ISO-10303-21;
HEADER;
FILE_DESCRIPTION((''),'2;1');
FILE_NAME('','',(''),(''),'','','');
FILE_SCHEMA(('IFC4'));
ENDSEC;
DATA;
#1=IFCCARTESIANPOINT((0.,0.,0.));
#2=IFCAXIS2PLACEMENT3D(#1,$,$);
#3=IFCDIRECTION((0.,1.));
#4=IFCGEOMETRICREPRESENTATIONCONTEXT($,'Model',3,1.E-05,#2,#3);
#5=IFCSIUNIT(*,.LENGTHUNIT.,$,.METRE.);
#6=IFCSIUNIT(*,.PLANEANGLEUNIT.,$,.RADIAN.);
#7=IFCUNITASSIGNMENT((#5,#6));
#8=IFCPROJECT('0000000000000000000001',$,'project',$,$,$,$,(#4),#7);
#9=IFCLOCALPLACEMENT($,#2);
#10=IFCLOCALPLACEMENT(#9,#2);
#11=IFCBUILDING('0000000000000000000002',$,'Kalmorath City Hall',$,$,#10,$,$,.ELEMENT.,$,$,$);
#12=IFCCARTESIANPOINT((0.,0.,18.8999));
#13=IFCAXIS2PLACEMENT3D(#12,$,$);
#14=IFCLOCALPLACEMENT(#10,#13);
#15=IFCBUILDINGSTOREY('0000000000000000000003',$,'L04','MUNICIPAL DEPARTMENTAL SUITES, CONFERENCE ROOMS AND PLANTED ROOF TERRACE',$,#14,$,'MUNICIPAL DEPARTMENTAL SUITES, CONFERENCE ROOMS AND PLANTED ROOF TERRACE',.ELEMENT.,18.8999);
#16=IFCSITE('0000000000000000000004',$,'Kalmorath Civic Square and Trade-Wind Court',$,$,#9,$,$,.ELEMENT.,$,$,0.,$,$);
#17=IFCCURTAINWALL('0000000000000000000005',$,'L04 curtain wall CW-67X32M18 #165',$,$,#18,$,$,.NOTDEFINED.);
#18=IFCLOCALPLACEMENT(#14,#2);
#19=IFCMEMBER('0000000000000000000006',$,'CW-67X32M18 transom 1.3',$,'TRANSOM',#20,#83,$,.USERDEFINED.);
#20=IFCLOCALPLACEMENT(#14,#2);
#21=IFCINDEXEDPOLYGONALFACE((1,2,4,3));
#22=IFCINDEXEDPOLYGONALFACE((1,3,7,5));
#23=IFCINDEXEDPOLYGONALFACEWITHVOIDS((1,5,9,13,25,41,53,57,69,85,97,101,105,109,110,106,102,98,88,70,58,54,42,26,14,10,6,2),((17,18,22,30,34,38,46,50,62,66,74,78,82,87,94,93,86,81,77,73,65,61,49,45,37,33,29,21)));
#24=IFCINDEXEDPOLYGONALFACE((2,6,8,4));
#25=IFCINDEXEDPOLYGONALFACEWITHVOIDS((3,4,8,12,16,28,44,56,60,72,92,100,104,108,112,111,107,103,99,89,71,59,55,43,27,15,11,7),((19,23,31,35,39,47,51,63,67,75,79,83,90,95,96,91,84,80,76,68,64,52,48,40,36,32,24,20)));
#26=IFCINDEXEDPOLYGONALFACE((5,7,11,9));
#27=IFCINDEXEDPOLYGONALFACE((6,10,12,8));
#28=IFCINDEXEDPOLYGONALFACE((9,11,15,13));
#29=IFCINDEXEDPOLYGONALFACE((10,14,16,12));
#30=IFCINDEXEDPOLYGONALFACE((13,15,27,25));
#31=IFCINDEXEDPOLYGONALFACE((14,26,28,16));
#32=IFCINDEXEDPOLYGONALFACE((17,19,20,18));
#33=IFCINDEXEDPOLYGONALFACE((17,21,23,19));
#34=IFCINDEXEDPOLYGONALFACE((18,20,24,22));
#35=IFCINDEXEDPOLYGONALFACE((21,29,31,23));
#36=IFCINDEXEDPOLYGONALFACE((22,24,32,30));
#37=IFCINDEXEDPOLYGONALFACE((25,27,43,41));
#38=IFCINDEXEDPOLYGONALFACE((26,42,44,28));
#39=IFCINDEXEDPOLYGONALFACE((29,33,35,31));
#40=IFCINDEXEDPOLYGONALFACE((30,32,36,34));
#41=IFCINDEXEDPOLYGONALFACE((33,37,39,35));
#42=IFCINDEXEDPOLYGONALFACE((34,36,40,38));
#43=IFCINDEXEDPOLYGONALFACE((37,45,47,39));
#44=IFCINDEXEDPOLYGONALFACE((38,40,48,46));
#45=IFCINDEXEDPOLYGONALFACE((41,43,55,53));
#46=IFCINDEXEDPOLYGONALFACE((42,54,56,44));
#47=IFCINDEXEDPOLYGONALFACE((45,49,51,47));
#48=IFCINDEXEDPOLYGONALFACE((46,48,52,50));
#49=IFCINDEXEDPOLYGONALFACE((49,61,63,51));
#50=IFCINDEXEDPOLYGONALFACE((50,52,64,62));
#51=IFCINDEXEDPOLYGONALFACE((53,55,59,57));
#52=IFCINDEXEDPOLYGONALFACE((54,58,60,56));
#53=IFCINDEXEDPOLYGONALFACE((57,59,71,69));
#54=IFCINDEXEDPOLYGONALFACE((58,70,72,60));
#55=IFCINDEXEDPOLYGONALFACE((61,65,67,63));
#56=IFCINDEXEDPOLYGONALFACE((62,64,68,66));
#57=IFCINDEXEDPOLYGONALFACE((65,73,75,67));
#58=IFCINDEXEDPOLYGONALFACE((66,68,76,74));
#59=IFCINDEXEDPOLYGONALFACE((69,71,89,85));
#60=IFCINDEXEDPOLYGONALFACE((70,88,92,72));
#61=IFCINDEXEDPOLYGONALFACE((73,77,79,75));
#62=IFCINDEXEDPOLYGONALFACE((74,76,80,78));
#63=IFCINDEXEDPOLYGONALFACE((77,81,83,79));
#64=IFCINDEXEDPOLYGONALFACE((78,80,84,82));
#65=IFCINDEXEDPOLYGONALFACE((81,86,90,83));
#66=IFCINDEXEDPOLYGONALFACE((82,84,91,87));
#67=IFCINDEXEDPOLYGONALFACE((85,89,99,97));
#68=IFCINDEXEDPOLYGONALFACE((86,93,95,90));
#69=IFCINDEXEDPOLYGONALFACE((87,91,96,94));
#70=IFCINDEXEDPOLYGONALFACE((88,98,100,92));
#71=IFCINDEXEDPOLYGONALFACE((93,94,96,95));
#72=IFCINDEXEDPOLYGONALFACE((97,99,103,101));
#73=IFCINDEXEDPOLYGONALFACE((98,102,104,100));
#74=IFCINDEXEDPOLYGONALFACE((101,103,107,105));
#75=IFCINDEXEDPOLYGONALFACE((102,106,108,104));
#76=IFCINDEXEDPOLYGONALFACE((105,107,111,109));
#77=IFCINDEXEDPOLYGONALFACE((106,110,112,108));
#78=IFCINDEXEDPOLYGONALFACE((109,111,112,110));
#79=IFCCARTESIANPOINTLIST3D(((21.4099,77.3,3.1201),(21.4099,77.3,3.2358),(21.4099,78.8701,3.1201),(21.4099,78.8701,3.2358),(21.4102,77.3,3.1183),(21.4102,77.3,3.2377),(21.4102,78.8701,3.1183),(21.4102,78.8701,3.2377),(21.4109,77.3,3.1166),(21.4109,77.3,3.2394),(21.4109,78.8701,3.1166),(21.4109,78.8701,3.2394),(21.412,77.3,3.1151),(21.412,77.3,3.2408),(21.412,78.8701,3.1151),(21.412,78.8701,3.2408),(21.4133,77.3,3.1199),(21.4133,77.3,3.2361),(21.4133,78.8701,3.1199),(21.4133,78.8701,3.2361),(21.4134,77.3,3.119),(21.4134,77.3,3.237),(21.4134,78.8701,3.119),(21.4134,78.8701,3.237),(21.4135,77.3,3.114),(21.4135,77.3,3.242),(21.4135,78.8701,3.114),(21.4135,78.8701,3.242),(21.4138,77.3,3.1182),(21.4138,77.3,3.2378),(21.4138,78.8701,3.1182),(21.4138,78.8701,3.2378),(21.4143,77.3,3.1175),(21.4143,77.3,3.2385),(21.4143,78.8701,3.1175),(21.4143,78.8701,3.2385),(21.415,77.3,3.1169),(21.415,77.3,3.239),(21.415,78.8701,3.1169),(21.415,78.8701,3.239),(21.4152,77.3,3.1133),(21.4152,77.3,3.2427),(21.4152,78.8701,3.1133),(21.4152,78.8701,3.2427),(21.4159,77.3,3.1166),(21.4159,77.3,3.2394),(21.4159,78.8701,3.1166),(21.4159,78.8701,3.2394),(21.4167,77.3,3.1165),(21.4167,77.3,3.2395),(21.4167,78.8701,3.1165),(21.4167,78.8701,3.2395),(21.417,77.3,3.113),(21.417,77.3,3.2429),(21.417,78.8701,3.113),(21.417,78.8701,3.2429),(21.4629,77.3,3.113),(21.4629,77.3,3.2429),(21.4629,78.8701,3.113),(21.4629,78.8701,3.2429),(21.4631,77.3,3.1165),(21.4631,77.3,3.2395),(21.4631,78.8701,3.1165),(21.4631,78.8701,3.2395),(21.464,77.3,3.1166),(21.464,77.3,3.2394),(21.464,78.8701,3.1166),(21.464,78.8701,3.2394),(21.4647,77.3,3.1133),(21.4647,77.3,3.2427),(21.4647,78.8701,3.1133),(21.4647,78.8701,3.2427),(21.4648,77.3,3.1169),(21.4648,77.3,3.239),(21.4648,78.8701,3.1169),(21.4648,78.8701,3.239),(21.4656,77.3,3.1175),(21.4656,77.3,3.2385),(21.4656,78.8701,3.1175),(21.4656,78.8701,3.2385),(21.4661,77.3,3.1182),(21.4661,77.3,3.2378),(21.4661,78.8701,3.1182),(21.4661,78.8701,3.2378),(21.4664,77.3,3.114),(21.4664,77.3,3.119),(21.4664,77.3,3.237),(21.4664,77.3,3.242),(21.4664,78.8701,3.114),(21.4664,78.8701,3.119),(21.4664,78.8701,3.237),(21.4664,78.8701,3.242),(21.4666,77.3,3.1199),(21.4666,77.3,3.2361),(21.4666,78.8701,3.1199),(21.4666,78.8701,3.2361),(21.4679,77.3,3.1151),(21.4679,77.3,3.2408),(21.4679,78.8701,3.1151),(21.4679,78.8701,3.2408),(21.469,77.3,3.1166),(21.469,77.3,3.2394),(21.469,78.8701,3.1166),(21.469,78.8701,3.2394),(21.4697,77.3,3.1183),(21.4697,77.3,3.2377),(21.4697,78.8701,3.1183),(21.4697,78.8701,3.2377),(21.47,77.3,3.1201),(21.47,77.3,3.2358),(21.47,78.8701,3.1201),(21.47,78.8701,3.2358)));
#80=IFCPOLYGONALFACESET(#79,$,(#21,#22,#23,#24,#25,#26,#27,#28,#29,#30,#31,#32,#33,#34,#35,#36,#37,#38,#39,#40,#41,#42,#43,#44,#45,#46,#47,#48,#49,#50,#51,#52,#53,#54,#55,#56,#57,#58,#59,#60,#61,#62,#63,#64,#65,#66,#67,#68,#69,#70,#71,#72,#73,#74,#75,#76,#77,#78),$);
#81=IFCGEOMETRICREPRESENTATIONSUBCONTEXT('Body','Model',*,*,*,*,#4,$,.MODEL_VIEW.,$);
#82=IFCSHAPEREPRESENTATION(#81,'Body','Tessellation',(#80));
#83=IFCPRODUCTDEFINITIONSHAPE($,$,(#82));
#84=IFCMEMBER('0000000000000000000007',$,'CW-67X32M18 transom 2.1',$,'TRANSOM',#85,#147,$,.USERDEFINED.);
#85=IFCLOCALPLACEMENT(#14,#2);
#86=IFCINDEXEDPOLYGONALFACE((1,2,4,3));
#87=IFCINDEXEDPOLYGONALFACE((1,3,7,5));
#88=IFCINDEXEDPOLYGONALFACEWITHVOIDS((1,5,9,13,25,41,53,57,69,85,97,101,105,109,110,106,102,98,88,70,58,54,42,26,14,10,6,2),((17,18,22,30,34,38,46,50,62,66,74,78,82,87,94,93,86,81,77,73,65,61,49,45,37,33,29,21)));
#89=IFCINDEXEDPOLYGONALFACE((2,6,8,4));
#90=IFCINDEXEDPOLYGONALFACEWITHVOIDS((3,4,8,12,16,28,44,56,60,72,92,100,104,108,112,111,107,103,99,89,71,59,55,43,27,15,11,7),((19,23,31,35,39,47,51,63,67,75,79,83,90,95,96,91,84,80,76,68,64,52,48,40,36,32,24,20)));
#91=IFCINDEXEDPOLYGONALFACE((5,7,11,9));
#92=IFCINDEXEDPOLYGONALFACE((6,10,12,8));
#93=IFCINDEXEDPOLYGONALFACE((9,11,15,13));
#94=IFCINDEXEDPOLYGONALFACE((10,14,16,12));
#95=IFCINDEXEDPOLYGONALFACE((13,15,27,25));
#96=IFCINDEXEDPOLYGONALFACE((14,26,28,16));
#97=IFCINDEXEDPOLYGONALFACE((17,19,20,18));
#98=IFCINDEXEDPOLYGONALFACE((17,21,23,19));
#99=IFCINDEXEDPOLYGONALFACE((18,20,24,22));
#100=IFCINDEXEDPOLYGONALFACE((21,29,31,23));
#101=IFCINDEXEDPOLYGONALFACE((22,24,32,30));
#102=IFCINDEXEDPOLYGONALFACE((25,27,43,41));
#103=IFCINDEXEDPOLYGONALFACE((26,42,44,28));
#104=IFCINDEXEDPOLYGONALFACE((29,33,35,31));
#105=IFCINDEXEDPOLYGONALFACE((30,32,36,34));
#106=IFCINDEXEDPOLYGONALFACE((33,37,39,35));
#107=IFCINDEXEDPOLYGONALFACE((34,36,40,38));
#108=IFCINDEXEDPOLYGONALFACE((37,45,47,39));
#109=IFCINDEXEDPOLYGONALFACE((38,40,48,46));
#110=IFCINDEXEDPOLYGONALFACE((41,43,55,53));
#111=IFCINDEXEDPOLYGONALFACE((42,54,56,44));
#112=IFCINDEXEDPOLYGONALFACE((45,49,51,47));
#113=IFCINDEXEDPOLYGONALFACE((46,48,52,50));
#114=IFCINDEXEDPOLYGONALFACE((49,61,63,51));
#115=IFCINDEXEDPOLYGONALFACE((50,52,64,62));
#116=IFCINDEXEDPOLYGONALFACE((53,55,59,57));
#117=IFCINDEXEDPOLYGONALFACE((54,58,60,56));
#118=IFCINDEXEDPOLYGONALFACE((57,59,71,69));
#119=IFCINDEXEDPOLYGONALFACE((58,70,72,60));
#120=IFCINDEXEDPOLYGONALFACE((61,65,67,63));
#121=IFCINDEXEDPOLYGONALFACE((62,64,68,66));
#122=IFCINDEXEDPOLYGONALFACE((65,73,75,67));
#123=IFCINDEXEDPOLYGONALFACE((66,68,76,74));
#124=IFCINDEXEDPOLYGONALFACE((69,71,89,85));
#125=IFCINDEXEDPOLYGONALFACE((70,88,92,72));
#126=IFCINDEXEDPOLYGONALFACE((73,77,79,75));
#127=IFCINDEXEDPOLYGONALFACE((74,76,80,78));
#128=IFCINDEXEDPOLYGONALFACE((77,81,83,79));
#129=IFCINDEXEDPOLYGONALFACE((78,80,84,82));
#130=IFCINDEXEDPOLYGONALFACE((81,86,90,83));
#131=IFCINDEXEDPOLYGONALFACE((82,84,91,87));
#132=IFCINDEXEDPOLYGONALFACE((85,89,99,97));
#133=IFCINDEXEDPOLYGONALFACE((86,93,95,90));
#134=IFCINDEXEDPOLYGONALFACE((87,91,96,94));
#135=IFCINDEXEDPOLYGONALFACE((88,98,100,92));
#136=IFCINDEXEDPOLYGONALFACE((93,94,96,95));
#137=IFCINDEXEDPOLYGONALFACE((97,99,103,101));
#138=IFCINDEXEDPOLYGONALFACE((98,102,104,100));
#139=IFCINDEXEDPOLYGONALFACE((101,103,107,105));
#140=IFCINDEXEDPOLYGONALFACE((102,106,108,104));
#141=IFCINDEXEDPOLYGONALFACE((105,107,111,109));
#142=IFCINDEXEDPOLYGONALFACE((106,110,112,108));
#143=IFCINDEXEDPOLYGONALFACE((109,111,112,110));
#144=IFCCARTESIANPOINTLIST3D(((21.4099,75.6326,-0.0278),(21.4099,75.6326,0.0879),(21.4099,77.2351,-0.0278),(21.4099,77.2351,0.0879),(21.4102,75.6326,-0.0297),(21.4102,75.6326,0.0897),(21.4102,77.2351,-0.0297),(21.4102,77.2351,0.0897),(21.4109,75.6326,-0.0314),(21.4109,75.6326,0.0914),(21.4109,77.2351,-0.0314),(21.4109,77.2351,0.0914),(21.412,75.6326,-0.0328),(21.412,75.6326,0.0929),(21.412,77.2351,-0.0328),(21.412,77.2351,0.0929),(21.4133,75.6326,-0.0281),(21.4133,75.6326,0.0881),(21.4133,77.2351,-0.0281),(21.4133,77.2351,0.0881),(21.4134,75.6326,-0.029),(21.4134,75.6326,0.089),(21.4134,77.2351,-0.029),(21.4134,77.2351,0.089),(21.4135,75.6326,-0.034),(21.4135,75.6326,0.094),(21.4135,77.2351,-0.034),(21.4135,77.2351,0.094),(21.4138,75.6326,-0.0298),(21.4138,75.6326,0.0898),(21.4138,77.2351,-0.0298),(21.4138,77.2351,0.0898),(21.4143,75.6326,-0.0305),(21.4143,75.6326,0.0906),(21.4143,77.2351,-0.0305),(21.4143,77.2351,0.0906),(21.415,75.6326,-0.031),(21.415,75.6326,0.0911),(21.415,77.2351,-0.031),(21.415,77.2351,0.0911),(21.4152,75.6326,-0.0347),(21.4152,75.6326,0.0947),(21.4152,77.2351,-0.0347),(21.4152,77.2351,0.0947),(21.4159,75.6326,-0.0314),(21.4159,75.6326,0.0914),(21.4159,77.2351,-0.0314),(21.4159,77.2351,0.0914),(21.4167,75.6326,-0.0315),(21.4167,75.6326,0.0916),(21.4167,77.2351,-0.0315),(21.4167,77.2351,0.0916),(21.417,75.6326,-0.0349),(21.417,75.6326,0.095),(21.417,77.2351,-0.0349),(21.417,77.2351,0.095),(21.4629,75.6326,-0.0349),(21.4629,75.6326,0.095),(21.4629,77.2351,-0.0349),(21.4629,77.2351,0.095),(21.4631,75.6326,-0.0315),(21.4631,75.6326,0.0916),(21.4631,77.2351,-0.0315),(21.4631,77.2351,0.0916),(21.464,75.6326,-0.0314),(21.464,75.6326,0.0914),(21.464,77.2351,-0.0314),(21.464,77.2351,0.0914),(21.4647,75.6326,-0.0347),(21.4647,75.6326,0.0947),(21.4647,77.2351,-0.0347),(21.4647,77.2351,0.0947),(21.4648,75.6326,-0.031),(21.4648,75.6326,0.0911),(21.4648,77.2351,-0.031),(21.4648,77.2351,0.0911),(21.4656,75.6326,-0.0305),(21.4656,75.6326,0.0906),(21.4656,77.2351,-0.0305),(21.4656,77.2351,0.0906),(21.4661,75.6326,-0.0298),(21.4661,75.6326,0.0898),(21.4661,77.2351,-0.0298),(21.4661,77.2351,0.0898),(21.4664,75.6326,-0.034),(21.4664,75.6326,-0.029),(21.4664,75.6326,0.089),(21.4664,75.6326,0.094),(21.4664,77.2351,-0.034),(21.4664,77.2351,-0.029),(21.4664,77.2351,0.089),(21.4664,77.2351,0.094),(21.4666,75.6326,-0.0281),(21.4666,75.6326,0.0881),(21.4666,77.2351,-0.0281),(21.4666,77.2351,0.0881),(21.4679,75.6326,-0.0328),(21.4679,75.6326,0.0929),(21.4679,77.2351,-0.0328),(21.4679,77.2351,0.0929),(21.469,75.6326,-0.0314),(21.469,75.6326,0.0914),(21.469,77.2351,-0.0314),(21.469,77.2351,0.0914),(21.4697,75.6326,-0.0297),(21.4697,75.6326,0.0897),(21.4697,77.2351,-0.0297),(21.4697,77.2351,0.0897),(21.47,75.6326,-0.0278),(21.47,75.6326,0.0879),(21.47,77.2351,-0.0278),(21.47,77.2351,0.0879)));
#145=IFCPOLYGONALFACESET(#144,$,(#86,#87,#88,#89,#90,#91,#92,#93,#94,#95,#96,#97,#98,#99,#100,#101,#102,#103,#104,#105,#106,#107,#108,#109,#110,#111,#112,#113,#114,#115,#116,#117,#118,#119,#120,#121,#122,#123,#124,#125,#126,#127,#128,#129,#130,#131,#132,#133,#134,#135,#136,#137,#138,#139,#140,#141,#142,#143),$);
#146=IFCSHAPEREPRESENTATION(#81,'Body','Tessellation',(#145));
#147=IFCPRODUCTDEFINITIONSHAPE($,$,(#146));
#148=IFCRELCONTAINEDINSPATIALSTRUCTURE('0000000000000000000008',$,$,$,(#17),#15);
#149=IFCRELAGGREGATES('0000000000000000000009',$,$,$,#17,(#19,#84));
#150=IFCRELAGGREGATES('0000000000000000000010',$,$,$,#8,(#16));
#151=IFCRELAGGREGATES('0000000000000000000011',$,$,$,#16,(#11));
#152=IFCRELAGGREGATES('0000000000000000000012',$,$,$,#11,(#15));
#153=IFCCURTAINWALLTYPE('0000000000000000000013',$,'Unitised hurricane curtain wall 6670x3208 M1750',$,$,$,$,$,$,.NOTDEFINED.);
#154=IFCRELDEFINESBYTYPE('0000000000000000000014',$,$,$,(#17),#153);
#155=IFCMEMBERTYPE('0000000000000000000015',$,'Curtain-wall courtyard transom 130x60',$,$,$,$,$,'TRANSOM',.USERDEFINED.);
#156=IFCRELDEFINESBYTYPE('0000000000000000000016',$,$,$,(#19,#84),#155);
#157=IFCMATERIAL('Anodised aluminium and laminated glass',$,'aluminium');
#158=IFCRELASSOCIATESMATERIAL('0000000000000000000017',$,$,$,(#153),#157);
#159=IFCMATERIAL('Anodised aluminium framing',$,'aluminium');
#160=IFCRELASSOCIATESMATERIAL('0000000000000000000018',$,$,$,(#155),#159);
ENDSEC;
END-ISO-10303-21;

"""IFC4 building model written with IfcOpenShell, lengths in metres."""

from ifc_helpers import new_model, si_unit, direction, frame, origin, origin_2d, place, context, subcontext, project, spatial, hollow_rectangle, extrude, material, material_profile, profile_set, type_object, element, aggregate, save


model = new_model("IFC4")

# Units and contexts
model_context = context("Model", 3, precision=1e-05, world=origin(), true_north=direction((0.0, 1.0)))
body_context = subcontext(model_context, "Body", "Model", "MODEL_VIEW")
ifc_project = project(units=[si_unit("LENGTHUNIT", "METRE"), si_unit("PLANEANGLEUNIT", "RADIAN")], contexts=[model_context])

# Site, building, storey
site_placement = place(None, origin())
site = spatial("IfcSite", under=ifc_project, at=site_placement, Name="Kalmorath Civic Square and Trade-Wind Court", CompositionType="ELEMENT", RefElevation=0.0)
building_placement = place(site_placement, origin())
building = spatial("IfcBuilding", under=site, at=building_placement, Name="Kalmorath City Hall", CompositionType="ELEMENT")
storey_placement = place(building_placement, frame((0.0, 0.0, 18.8999)))
storey = spatial("IfcBuildingStorey", under=building, at=storey_placement, Name="L04", Description="MUNICIPAL DEPARTMENTAL SUITES, CONFERENCE ROOMS AND PLANTED ROOF TERRACE", LongName="MUNICIPAL DEPARTMENTAL SUITES, CONFERENCE ROOMS AND PLANTED ROOF TERRACE", CompositionType="ELEMENT", Elevation=18.8999)

# Curtain wall, members
ifc_material_1 = material(Name="Anodised aluminium and laminated glass", Category="aluminium")
curtain_wall_type = type_object("IfcCurtainWallType", Name="Unitised hurricane curtain wall 6670x3208 M1750", PredefinedType="NOTDEFINED", material=ifc_material_1)
curtain_wall_placement = place(storey_placement, origin())
curtain_wall = element("IfcCurtainWall", 1, at=curtain_wall_placement, inside=storey, type_object=curtain_wall_type, Name="L04 curtain wall CW-67X32M18 #165", PredefinedType="NOTDEFINED")
ifc_material_2 = material(Name="Anodised aluminium framing", Category="aluminium")
ifc_material_profile_1 = material_profile(ifc_material_2, hollow_rectangle(XDim=0.0601, YDim=0.1299, WallThickness=0.0034, InnerFilletRadius=0.0034, OuterFilletRadius=0.0071, at=origin_2d()), Name="ALU-TRN-130X60X3.5")
ifc_profile_set_1 = profile_set([ifc_material_profile_1], Name="Anodised aluminium framing")
member_type_1 = type_object("IfcMemberType", Name="Curtain-wall courtyard transom 130x60", ElementType="TRANSOM", PredefinedType="USERDEFINED", material=ifc_profile_set_1)
member_1_placement = place(storey_placement, frame((21.4399, 78.8701, 3.178), z_axis=(0.0, -1.0, 0.0), x_axis=(1.0, 0.0, 0.0)))
member_1 = element("IfcMember", 2, at=member_1_placement, type_object=member_type_1, Name="CW-67X32M18 transom 1.3", ObjectType="TRANSOM", PredefinedType="USERDEFINED", context=body_context, shape_type="SweptSolid", body=[
    extrude(hollow_rectangle(XDim=0.0601, YDim=0.1299, WallThickness=0.0034, InnerFilletRadius=0.0034, OuterFilletRadius=0.0071, at=origin_2d()), origin(), (0.0, 0.0, 1.0), 1.5701),
])
member_2_placement = place(storey_placement, frame((21.4399, 77.2351, 0.03), z_axis=(0.0, -1.0, 0.0), x_axis=(1.0, 0.0, 0.0)))
member_2 = element("IfcMember", 3, at=member_2_placement, type_object=member_type_1, Name="CW-67X32M18 transom 2.1", ObjectType="TRANSOM", PredefinedType="USERDEFINED", context=body_context, shape_type="SweptSolid", body=[
    extrude(hollow_rectangle(XDim=0.0601, YDim=0.1299, WallThickness=0.0034, InnerFilletRadius=0.0034, OuterFilletRadius=0.0071, at=origin_2d()), origin(), (0.0, 0.0, 1.0), 1.6025),
])

aggregate(curtain_wall, [member_1, member_2])

save(model, "model.ifc")
